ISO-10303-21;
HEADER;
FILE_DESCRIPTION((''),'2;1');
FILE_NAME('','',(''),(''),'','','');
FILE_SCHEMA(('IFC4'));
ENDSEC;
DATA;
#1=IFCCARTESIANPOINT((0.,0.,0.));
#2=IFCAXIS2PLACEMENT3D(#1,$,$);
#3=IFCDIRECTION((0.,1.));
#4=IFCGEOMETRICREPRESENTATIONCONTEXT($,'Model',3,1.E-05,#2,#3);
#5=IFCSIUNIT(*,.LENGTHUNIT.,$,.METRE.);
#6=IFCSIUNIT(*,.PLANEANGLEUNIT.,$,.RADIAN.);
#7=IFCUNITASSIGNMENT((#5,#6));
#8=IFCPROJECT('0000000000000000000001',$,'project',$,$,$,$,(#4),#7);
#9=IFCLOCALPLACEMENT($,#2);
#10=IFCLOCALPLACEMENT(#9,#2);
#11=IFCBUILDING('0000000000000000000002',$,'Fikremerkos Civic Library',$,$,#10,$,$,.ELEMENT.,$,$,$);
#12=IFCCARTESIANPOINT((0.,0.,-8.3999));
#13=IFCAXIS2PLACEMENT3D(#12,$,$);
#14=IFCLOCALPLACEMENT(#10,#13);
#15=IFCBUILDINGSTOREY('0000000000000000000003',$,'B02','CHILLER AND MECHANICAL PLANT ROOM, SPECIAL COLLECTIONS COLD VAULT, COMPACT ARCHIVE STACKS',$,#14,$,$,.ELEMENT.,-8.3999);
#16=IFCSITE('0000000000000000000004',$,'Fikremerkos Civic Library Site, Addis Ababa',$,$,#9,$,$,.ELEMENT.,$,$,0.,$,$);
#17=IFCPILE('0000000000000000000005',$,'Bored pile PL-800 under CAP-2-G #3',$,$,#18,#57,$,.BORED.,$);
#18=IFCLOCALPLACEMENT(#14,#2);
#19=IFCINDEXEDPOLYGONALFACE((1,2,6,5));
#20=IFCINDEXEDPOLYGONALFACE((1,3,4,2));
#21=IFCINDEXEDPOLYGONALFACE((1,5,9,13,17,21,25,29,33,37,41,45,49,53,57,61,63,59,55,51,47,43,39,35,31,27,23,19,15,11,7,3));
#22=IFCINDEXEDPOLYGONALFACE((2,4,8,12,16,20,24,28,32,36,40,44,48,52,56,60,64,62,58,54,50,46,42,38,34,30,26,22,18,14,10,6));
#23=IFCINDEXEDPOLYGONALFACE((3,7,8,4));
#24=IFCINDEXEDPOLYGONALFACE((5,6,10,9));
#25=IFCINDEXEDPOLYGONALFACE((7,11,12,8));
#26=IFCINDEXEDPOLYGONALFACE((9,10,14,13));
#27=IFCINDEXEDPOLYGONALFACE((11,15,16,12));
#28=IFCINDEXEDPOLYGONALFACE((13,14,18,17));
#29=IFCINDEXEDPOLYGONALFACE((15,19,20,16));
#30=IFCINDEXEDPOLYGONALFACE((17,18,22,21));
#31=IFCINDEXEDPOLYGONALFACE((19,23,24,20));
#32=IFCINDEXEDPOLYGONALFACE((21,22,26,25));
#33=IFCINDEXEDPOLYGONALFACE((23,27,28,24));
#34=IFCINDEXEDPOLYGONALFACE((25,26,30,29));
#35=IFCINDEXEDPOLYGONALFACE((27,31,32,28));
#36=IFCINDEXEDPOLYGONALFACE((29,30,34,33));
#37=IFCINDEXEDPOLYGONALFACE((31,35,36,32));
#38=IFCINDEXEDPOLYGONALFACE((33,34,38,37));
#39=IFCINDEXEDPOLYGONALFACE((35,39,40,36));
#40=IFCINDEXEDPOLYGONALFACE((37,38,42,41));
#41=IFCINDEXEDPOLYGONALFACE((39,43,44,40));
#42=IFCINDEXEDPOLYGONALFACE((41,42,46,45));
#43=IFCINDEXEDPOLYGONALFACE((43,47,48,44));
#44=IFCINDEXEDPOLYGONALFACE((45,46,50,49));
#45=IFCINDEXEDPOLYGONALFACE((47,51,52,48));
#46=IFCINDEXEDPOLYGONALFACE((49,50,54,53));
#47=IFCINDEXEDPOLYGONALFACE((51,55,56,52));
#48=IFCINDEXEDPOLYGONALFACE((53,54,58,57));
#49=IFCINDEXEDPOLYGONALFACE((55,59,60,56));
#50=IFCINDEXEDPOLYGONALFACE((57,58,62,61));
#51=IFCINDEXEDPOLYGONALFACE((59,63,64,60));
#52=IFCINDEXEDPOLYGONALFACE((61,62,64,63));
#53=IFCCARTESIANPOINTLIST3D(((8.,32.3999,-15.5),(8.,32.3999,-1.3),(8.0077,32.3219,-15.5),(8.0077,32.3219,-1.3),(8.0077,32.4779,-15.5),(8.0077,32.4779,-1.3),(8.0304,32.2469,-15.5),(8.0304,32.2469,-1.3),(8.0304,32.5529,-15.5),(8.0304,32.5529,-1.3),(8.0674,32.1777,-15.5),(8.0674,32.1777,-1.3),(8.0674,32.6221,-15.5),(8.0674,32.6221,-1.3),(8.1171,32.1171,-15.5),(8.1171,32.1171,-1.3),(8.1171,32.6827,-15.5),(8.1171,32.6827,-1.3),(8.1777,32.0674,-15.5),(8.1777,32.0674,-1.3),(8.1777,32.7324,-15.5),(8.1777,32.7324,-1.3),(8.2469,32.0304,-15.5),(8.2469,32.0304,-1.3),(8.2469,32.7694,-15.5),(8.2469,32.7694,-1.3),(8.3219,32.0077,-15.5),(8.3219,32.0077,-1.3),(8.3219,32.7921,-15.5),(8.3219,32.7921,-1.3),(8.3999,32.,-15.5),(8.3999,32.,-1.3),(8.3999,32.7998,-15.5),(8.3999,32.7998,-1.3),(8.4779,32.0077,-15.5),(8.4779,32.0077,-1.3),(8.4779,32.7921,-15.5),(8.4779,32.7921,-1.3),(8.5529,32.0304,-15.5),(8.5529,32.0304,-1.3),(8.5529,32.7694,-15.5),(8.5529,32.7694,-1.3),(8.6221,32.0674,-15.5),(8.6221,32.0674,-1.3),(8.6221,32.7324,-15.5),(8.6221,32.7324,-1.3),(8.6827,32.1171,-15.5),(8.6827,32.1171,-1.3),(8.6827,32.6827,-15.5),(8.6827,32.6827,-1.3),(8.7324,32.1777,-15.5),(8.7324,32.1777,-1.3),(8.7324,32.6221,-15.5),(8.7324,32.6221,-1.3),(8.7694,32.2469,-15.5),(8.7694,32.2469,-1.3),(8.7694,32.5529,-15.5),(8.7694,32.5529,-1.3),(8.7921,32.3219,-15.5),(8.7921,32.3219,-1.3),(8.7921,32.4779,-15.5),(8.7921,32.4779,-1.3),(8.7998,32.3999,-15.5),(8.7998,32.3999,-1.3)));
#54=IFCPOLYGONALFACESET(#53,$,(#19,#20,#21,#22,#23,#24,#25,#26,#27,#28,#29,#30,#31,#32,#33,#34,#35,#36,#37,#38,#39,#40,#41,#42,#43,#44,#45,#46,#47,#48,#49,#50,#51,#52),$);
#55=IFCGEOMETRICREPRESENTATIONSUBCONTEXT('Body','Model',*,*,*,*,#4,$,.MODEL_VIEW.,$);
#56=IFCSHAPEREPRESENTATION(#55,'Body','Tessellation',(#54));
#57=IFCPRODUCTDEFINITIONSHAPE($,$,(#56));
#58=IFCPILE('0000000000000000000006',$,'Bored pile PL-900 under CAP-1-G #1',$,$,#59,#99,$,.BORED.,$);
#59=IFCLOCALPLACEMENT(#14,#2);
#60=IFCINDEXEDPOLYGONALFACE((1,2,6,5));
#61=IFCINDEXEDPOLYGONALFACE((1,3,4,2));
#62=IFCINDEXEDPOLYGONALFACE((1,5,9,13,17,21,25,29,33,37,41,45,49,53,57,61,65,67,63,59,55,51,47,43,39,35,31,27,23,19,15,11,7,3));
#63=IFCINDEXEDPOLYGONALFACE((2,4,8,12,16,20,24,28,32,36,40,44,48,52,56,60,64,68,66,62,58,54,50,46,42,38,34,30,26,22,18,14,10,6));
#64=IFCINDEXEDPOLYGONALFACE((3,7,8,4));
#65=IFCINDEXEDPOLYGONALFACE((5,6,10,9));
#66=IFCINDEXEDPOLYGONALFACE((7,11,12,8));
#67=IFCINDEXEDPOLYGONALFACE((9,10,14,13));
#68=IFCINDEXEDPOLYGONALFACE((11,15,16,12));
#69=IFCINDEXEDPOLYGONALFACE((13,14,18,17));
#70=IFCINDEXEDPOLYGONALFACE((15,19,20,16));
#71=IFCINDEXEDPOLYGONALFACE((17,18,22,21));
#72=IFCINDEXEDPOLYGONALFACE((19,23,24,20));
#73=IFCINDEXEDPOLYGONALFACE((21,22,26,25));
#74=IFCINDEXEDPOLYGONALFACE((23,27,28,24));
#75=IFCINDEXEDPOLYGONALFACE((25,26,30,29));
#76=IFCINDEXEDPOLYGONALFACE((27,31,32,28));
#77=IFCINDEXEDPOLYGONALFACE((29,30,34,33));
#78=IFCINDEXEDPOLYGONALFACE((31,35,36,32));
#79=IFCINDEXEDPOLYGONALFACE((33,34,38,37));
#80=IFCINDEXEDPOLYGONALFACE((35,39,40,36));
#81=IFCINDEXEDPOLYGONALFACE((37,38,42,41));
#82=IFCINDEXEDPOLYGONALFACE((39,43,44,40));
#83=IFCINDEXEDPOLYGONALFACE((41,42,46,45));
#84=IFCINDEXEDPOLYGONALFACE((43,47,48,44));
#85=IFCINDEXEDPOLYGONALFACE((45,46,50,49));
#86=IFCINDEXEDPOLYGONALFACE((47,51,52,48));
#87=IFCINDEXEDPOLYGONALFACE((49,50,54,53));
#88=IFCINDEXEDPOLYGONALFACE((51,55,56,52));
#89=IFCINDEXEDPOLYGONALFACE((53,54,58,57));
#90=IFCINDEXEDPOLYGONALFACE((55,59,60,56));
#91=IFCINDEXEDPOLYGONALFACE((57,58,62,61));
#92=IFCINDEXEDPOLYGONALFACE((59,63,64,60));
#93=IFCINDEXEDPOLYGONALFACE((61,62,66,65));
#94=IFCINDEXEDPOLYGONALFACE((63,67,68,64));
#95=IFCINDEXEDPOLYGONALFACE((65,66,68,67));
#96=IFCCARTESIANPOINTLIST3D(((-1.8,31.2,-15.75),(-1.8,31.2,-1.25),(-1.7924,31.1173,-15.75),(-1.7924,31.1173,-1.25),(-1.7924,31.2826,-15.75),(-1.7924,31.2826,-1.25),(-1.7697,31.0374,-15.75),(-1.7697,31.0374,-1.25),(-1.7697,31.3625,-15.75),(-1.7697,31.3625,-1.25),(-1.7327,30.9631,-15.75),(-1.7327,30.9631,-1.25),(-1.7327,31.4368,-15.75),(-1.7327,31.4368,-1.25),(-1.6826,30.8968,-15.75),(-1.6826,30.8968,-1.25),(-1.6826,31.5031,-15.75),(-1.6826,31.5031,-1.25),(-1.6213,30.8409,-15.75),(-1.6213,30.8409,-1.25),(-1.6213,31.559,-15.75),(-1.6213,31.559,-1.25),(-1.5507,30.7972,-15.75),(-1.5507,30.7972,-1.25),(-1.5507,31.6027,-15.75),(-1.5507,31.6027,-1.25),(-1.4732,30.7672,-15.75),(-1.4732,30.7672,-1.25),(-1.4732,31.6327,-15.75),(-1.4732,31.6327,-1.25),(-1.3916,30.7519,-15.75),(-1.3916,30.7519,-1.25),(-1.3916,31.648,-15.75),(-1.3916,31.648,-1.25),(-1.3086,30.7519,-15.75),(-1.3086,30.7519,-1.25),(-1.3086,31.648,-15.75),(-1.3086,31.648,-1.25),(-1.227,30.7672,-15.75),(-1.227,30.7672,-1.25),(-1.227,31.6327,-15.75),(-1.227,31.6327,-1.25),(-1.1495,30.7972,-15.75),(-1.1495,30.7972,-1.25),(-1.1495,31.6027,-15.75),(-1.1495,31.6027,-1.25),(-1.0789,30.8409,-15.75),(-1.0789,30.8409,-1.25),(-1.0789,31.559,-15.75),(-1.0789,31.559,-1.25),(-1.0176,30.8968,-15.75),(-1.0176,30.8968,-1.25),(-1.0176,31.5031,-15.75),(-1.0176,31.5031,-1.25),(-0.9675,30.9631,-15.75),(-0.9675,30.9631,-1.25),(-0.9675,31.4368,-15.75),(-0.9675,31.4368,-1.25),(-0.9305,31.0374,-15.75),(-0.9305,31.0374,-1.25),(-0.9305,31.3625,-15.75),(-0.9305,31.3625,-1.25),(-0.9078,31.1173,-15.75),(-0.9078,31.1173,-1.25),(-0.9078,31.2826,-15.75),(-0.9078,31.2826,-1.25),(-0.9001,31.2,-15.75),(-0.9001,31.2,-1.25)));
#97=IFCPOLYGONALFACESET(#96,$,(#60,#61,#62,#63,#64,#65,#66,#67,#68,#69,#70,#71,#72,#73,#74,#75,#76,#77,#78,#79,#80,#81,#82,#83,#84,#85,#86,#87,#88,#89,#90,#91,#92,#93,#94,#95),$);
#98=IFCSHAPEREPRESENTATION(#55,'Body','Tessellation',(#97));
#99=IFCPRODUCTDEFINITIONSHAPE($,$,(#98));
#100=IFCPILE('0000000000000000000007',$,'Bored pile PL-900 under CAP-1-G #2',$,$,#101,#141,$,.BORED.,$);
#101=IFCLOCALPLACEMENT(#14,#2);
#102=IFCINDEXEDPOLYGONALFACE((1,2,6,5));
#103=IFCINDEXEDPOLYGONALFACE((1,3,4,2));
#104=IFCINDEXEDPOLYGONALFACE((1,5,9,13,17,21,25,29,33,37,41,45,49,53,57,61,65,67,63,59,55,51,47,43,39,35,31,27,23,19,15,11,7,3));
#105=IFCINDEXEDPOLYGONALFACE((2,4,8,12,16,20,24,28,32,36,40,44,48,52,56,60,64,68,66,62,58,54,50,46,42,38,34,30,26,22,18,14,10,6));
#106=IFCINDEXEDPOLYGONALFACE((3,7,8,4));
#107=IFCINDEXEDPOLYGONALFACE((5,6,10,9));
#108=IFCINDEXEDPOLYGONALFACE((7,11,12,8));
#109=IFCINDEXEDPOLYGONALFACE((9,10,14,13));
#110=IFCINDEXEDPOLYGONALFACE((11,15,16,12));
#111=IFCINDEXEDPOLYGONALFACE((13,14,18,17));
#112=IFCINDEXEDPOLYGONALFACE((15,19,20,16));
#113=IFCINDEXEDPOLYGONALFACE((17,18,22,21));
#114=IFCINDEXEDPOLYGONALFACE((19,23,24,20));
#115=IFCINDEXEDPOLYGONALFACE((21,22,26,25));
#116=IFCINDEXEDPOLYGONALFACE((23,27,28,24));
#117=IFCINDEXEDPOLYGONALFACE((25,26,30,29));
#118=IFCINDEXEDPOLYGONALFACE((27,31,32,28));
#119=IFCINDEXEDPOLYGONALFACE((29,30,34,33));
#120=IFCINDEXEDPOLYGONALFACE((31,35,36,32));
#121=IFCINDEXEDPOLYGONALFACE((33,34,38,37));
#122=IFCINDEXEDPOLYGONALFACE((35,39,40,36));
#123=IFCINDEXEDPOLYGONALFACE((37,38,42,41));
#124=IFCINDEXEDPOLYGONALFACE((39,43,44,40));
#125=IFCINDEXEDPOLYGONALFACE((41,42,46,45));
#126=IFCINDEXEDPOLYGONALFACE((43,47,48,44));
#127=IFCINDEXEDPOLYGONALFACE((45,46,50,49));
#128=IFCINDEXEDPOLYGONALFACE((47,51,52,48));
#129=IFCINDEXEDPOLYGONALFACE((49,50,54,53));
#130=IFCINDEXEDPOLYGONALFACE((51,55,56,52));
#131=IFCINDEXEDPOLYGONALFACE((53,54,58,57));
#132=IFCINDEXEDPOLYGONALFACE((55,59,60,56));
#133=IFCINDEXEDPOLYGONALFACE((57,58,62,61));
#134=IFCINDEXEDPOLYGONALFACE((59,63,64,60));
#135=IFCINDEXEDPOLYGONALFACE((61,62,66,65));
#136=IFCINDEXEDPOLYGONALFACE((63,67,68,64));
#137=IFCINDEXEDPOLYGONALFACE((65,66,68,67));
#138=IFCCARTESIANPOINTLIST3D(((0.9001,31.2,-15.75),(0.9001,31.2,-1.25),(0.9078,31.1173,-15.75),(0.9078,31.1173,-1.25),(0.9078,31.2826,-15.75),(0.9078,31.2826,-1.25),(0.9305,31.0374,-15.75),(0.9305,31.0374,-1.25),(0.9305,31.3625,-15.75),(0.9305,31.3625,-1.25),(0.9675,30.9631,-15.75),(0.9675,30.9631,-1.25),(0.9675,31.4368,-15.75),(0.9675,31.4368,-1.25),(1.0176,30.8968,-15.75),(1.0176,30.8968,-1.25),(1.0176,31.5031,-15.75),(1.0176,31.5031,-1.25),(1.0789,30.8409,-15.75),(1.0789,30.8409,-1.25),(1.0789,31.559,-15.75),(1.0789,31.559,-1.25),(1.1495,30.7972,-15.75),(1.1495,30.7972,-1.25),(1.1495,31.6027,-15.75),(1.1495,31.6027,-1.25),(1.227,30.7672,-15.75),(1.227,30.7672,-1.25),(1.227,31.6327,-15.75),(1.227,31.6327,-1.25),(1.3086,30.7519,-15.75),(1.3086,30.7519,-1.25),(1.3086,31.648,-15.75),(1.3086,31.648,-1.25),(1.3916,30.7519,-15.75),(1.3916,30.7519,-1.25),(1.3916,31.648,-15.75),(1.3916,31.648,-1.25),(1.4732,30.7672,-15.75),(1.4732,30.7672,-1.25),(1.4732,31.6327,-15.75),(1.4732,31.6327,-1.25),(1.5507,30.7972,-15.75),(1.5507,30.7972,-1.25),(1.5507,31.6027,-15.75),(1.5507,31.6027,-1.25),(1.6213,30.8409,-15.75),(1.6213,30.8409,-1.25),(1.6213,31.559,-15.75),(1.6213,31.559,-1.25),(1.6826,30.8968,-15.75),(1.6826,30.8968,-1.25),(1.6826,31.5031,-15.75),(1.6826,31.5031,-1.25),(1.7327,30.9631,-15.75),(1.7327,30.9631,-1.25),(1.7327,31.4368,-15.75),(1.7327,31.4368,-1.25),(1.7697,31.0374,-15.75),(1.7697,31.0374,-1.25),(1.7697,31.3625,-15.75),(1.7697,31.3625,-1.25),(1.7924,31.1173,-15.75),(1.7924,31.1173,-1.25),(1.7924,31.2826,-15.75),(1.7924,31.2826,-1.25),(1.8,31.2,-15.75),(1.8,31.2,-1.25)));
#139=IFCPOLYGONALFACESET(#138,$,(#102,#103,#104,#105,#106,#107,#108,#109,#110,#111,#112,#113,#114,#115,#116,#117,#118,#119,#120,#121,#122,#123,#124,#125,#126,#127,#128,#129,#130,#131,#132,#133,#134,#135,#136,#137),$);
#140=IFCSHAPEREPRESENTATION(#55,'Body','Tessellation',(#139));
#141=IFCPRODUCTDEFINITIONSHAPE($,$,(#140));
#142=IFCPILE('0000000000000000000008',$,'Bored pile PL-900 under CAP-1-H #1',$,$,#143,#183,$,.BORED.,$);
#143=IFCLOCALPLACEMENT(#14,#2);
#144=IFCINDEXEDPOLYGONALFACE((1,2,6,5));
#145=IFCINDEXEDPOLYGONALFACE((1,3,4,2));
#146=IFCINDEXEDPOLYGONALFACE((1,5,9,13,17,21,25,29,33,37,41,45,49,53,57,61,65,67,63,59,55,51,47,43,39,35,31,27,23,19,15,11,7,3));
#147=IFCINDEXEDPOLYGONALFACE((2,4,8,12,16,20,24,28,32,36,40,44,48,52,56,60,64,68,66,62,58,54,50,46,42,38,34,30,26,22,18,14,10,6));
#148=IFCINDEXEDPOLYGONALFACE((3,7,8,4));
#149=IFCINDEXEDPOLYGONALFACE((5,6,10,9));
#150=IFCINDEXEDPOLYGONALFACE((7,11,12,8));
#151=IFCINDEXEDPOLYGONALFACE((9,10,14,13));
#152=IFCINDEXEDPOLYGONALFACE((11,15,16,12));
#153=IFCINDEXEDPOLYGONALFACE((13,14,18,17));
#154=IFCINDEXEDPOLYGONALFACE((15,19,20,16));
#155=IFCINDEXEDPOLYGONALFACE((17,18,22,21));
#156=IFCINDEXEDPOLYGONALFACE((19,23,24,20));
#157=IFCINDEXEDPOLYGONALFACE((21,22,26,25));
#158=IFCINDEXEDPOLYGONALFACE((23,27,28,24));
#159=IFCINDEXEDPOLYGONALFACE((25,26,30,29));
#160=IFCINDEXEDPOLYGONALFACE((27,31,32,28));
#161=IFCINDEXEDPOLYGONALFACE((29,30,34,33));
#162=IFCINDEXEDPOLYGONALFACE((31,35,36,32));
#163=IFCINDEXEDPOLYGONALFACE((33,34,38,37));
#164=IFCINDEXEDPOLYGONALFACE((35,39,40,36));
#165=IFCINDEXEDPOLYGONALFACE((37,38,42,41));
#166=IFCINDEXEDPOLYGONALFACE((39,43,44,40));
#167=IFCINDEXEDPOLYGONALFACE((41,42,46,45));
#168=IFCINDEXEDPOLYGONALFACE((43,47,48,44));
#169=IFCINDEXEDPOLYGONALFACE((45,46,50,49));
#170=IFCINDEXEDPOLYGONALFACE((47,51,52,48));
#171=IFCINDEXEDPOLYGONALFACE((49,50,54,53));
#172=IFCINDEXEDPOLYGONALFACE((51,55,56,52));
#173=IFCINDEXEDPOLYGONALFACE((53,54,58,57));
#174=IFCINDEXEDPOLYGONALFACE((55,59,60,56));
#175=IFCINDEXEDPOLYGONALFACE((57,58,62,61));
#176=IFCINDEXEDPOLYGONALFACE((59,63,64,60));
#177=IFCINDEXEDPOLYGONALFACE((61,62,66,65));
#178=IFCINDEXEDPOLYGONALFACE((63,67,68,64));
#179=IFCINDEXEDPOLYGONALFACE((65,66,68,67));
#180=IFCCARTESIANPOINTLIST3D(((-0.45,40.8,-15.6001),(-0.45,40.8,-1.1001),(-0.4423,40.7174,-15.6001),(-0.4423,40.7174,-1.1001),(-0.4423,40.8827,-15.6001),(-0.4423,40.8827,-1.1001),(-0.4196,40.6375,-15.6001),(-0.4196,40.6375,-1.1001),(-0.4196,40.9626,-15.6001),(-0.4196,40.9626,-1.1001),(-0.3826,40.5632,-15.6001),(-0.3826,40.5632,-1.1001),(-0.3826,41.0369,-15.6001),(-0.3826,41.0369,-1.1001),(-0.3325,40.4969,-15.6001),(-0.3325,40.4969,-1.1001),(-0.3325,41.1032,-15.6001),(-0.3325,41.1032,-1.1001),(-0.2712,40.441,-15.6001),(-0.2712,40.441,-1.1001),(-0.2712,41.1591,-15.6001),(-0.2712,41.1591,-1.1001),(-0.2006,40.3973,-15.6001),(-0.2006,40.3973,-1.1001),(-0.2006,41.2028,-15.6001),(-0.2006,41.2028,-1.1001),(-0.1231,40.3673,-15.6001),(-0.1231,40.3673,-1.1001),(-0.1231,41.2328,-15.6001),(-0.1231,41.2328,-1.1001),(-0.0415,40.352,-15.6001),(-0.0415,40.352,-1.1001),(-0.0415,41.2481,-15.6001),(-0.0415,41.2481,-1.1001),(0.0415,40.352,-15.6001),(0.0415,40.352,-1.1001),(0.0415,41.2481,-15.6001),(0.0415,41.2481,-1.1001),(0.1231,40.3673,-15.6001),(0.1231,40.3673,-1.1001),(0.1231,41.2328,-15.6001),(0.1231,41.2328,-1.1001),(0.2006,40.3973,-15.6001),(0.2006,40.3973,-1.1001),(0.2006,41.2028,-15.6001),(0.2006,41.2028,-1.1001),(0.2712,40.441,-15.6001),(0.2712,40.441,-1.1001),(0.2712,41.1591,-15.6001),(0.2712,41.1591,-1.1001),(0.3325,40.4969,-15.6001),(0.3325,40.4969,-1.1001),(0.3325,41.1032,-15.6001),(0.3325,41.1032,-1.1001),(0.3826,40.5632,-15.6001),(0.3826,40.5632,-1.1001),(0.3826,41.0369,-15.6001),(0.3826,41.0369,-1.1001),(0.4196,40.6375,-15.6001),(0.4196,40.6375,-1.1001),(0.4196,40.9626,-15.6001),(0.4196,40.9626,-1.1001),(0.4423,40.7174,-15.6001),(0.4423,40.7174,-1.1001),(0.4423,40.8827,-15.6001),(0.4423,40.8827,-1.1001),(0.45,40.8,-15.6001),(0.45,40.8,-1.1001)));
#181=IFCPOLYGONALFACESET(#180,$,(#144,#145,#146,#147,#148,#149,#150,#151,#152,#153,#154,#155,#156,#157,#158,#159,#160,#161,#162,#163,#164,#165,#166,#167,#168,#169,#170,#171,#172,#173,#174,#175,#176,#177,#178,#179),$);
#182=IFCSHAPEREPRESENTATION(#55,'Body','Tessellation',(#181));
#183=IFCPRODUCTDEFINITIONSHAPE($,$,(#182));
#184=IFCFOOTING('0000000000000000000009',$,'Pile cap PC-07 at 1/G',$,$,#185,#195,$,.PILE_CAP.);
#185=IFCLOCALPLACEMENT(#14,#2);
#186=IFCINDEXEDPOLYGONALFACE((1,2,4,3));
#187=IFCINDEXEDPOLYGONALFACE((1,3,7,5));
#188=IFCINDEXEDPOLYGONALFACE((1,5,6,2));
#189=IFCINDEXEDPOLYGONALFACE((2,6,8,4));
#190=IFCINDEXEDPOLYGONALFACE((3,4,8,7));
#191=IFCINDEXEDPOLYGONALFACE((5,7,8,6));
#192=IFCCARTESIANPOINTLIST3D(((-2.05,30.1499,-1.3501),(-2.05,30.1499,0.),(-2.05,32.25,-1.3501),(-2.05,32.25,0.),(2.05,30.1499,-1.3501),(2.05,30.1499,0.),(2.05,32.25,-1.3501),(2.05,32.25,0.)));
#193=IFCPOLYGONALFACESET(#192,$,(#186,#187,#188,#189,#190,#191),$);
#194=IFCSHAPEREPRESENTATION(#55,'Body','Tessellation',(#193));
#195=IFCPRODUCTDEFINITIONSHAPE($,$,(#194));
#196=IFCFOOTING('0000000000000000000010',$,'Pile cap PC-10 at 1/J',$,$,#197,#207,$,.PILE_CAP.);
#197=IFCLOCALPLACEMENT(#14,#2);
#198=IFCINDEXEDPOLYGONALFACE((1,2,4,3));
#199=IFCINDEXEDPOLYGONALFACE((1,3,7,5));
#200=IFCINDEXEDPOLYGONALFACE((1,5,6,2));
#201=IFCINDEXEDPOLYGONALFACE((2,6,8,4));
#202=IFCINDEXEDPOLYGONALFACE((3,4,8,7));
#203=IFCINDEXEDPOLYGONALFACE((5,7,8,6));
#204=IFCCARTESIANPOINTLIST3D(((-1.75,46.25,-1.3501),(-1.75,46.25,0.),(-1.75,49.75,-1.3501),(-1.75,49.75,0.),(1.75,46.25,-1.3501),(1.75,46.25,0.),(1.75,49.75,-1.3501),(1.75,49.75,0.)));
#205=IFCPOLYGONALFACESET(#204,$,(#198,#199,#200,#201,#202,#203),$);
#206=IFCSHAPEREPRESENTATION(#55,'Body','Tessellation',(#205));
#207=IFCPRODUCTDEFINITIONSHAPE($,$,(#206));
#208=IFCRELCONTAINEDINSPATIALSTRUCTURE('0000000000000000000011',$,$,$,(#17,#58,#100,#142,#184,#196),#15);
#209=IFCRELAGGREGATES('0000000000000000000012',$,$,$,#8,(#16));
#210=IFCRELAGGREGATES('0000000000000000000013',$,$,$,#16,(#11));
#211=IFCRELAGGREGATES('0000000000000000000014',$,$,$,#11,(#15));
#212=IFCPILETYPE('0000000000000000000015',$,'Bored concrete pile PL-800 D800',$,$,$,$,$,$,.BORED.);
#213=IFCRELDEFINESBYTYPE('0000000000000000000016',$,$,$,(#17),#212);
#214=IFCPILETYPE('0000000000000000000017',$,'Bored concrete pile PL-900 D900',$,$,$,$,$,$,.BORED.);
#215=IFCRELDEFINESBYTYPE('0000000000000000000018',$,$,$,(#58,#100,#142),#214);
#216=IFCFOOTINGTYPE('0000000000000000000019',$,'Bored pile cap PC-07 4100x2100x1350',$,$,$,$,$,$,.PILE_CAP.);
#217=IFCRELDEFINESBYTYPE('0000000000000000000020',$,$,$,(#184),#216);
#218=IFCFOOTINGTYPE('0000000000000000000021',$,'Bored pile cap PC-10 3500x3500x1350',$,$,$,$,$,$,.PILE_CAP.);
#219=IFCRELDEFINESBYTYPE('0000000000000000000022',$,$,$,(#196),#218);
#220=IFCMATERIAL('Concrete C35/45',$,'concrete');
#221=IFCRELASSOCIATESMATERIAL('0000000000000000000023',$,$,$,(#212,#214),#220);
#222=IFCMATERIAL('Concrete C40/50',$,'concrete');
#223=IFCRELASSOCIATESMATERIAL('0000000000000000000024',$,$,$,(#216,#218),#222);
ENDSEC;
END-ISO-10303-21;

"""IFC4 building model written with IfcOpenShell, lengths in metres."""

from ifc_helpers import new_model, si_unit, direction, frame, origin, origin_2d, place, context, subcontext, project, spatial, rectangle, circle, extrude, material, material_profile, profile_set, type_object, element, save


model = new_model("IFC4")

# Units and contexts
model_context = context("Model", 3, precision=1e-05, world=origin(), true_north=direction((0.0, 1.0)))
body_context = subcontext(model_context, "Body", "Model", "MODEL_VIEW")
ifc_project = project(units=[si_unit("LENGTHUNIT", "METRE"), si_unit("PLANEANGLEUNIT", "RADIAN")], contexts=[model_context])

# Site, building, storey
site_placement = place(None, origin())
site = spatial("IfcSite", under=ifc_project, at=site_placement, Name="Fikremerkos Civic Library Site, Addis Ababa", CompositionType="ELEMENT", RefElevation=0.0)
building_placement = place(site_placement, origin())
building = spatial("IfcBuilding", under=site, at=building_placement, Name="Fikremerkos Civic Library", CompositionType="ELEMENT")
storey_placement = place(building_placement, frame((0.0, 0.0, -8.3999)))
storey = spatial("IfcBuildingStorey", under=building, at=storey_placement, Name="B02", Description="CHILLER AND MECHANICAL PLANT ROOM, SPECIAL COLLECTIONS COLD VAULT, COMPACT ARCHIVE STACKS", CompositionType="ELEMENT", Elevation=-8.3999)

# Piles
ifc_material_1 = material(Name="Concrete C35/45", Category="concrete")
ifc_material_profile_1 = material_profile(ifc_material_1, circle(Radius=0.3999, at=origin_2d()), Name="BORED PILE 800")
ifc_profile_set_1 = profile_set([ifc_material_profile_1], Name="Concrete C35/45")
pile_type_1 = type_object("IfcPileType", Name="Bored concrete pile PL-800 D800", PredefinedType="BORED", material=ifc_profile_set_1)
for number, where, z_axis, x_axis, name in (
    (1, (8.3999, 32.3999, -1.3), (0.0, 0.0, -1.0), (1.0, 0.0, 0.0), "Bored pile PL-800 under CAP-2-G #3"),
):
    element("IfcPile", number, at=place(storey_placement, frame(where, z_axis=z_axis, x_axis=x_axis)), inside=storey, type_object=pile_type_1, Name=name, PredefinedType="BORED", context=body_context, shape_type="SweptSolid", body=[
        extrude(circle(Radius=0.3999, at=origin_2d()), origin(), (0.0, 0.0, 1.0), 14.2),
    ])
ifc_material_profile_2 = material_profile(ifc_material_1, circle(Radius=0.45, at=origin_2d()), Name="BORED PILE 900")
ifc_profile_set_2 = profile_set([ifc_material_profile_2], Name="Concrete C35/45")
pile_type_2 = type_object("IfcPileType", Name="Bored concrete pile PL-900 D900", PredefinedType="BORED", material=ifc_profile_set_2)
for number, where, z_axis, x_axis, name in (
    (2, (-1.3501, 31.2, -1.25), (0.0, 0.0, -1.0), (1.0, 0.0, 0.0), "Bored pile PL-900 under CAP-1-G #1"),
    (3, (1.3501, 31.2, -1.25), (0.0, 0.0, -1.0), (1.0, 0.0, 0.0), "Bored pile PL-900 under CAP-1-G #2"),
    (4, (0.0, 40.8, -1.1001), (0.0, 0.0, -1.0), (1.0, 0.0, 0.0), "Bored pile PL-900 under CAP-1-H #1"),
):
    element("IfcPile", number, at=place(storey_placement, frame(where, z_axis=z_axis, x_axis=x_axis)), inside=storey, type_object=pile_type_2, Name=name, PredefinedType="BORED", context=body_context, shape_type="SweptSolid", body=[
        extrude(circle(Radius=0.45, at=origin_2d()), origin(), (0.0, 0.0, 1.0), 14.5),
    ])

# Footings
ifc_material_2 = material(Name="Concrete C40/50", Category="concrete")
footing_type_1 = type_object("IfcFootingType", Name="Bored pile cap PC-07 4100x2100x1350", PredefinedType="PILE_CAP", material=ifc_material_2)
footing_1_placement = place(storey_placement, frame((0.0, 31.2, -1.3501), z_axis=(0.0, 0.0, 1.0), x_axis=(1.0, 0.0, 0.0)))
element("IfcFooting", 5, at=footing_1_placement, inside=storey, type_object=footing_type_1, Name="Pile cap PC-07 at 1/G", PredefinedType="PILE_CAP", context=body_context, shape_type="SweptSolid", body=[
    extrude(rectangle(XDim=4.1001, YDim=2.1001, at=origin_2d()), origin(), (0.0, 0.0, 1.0), 1.3501),
])
footing_type_2 = type_object("IfcFootingType", Name="Bored pile cap PC-10 3500x3500x1350", PredefinedType="PILE_CAP", material=ifc_material_2)
footing_2_placement = place(storey_placement, frame((0.0, 48.0, -1.3501), z_axis=(0.0, 0.0, 1.0), x_axis=(1.0, 0.0, 0.0)))
element("IfcFooting", 6, at=footing_2_placement, inside=storey, type_object=footing_type_2, Name="Pile cap PC-10 at 1/J", PredefinedType="PILE_CAP", context=body_context, shape_type="SweptSolid", body=[
    extrude(rectangle(XDim=3.5, YDim=3.5, at=origin_2d()), origin(), (0.0, 0.0, 1.0), 1.3501),
])

save(model, "model.ifc")
